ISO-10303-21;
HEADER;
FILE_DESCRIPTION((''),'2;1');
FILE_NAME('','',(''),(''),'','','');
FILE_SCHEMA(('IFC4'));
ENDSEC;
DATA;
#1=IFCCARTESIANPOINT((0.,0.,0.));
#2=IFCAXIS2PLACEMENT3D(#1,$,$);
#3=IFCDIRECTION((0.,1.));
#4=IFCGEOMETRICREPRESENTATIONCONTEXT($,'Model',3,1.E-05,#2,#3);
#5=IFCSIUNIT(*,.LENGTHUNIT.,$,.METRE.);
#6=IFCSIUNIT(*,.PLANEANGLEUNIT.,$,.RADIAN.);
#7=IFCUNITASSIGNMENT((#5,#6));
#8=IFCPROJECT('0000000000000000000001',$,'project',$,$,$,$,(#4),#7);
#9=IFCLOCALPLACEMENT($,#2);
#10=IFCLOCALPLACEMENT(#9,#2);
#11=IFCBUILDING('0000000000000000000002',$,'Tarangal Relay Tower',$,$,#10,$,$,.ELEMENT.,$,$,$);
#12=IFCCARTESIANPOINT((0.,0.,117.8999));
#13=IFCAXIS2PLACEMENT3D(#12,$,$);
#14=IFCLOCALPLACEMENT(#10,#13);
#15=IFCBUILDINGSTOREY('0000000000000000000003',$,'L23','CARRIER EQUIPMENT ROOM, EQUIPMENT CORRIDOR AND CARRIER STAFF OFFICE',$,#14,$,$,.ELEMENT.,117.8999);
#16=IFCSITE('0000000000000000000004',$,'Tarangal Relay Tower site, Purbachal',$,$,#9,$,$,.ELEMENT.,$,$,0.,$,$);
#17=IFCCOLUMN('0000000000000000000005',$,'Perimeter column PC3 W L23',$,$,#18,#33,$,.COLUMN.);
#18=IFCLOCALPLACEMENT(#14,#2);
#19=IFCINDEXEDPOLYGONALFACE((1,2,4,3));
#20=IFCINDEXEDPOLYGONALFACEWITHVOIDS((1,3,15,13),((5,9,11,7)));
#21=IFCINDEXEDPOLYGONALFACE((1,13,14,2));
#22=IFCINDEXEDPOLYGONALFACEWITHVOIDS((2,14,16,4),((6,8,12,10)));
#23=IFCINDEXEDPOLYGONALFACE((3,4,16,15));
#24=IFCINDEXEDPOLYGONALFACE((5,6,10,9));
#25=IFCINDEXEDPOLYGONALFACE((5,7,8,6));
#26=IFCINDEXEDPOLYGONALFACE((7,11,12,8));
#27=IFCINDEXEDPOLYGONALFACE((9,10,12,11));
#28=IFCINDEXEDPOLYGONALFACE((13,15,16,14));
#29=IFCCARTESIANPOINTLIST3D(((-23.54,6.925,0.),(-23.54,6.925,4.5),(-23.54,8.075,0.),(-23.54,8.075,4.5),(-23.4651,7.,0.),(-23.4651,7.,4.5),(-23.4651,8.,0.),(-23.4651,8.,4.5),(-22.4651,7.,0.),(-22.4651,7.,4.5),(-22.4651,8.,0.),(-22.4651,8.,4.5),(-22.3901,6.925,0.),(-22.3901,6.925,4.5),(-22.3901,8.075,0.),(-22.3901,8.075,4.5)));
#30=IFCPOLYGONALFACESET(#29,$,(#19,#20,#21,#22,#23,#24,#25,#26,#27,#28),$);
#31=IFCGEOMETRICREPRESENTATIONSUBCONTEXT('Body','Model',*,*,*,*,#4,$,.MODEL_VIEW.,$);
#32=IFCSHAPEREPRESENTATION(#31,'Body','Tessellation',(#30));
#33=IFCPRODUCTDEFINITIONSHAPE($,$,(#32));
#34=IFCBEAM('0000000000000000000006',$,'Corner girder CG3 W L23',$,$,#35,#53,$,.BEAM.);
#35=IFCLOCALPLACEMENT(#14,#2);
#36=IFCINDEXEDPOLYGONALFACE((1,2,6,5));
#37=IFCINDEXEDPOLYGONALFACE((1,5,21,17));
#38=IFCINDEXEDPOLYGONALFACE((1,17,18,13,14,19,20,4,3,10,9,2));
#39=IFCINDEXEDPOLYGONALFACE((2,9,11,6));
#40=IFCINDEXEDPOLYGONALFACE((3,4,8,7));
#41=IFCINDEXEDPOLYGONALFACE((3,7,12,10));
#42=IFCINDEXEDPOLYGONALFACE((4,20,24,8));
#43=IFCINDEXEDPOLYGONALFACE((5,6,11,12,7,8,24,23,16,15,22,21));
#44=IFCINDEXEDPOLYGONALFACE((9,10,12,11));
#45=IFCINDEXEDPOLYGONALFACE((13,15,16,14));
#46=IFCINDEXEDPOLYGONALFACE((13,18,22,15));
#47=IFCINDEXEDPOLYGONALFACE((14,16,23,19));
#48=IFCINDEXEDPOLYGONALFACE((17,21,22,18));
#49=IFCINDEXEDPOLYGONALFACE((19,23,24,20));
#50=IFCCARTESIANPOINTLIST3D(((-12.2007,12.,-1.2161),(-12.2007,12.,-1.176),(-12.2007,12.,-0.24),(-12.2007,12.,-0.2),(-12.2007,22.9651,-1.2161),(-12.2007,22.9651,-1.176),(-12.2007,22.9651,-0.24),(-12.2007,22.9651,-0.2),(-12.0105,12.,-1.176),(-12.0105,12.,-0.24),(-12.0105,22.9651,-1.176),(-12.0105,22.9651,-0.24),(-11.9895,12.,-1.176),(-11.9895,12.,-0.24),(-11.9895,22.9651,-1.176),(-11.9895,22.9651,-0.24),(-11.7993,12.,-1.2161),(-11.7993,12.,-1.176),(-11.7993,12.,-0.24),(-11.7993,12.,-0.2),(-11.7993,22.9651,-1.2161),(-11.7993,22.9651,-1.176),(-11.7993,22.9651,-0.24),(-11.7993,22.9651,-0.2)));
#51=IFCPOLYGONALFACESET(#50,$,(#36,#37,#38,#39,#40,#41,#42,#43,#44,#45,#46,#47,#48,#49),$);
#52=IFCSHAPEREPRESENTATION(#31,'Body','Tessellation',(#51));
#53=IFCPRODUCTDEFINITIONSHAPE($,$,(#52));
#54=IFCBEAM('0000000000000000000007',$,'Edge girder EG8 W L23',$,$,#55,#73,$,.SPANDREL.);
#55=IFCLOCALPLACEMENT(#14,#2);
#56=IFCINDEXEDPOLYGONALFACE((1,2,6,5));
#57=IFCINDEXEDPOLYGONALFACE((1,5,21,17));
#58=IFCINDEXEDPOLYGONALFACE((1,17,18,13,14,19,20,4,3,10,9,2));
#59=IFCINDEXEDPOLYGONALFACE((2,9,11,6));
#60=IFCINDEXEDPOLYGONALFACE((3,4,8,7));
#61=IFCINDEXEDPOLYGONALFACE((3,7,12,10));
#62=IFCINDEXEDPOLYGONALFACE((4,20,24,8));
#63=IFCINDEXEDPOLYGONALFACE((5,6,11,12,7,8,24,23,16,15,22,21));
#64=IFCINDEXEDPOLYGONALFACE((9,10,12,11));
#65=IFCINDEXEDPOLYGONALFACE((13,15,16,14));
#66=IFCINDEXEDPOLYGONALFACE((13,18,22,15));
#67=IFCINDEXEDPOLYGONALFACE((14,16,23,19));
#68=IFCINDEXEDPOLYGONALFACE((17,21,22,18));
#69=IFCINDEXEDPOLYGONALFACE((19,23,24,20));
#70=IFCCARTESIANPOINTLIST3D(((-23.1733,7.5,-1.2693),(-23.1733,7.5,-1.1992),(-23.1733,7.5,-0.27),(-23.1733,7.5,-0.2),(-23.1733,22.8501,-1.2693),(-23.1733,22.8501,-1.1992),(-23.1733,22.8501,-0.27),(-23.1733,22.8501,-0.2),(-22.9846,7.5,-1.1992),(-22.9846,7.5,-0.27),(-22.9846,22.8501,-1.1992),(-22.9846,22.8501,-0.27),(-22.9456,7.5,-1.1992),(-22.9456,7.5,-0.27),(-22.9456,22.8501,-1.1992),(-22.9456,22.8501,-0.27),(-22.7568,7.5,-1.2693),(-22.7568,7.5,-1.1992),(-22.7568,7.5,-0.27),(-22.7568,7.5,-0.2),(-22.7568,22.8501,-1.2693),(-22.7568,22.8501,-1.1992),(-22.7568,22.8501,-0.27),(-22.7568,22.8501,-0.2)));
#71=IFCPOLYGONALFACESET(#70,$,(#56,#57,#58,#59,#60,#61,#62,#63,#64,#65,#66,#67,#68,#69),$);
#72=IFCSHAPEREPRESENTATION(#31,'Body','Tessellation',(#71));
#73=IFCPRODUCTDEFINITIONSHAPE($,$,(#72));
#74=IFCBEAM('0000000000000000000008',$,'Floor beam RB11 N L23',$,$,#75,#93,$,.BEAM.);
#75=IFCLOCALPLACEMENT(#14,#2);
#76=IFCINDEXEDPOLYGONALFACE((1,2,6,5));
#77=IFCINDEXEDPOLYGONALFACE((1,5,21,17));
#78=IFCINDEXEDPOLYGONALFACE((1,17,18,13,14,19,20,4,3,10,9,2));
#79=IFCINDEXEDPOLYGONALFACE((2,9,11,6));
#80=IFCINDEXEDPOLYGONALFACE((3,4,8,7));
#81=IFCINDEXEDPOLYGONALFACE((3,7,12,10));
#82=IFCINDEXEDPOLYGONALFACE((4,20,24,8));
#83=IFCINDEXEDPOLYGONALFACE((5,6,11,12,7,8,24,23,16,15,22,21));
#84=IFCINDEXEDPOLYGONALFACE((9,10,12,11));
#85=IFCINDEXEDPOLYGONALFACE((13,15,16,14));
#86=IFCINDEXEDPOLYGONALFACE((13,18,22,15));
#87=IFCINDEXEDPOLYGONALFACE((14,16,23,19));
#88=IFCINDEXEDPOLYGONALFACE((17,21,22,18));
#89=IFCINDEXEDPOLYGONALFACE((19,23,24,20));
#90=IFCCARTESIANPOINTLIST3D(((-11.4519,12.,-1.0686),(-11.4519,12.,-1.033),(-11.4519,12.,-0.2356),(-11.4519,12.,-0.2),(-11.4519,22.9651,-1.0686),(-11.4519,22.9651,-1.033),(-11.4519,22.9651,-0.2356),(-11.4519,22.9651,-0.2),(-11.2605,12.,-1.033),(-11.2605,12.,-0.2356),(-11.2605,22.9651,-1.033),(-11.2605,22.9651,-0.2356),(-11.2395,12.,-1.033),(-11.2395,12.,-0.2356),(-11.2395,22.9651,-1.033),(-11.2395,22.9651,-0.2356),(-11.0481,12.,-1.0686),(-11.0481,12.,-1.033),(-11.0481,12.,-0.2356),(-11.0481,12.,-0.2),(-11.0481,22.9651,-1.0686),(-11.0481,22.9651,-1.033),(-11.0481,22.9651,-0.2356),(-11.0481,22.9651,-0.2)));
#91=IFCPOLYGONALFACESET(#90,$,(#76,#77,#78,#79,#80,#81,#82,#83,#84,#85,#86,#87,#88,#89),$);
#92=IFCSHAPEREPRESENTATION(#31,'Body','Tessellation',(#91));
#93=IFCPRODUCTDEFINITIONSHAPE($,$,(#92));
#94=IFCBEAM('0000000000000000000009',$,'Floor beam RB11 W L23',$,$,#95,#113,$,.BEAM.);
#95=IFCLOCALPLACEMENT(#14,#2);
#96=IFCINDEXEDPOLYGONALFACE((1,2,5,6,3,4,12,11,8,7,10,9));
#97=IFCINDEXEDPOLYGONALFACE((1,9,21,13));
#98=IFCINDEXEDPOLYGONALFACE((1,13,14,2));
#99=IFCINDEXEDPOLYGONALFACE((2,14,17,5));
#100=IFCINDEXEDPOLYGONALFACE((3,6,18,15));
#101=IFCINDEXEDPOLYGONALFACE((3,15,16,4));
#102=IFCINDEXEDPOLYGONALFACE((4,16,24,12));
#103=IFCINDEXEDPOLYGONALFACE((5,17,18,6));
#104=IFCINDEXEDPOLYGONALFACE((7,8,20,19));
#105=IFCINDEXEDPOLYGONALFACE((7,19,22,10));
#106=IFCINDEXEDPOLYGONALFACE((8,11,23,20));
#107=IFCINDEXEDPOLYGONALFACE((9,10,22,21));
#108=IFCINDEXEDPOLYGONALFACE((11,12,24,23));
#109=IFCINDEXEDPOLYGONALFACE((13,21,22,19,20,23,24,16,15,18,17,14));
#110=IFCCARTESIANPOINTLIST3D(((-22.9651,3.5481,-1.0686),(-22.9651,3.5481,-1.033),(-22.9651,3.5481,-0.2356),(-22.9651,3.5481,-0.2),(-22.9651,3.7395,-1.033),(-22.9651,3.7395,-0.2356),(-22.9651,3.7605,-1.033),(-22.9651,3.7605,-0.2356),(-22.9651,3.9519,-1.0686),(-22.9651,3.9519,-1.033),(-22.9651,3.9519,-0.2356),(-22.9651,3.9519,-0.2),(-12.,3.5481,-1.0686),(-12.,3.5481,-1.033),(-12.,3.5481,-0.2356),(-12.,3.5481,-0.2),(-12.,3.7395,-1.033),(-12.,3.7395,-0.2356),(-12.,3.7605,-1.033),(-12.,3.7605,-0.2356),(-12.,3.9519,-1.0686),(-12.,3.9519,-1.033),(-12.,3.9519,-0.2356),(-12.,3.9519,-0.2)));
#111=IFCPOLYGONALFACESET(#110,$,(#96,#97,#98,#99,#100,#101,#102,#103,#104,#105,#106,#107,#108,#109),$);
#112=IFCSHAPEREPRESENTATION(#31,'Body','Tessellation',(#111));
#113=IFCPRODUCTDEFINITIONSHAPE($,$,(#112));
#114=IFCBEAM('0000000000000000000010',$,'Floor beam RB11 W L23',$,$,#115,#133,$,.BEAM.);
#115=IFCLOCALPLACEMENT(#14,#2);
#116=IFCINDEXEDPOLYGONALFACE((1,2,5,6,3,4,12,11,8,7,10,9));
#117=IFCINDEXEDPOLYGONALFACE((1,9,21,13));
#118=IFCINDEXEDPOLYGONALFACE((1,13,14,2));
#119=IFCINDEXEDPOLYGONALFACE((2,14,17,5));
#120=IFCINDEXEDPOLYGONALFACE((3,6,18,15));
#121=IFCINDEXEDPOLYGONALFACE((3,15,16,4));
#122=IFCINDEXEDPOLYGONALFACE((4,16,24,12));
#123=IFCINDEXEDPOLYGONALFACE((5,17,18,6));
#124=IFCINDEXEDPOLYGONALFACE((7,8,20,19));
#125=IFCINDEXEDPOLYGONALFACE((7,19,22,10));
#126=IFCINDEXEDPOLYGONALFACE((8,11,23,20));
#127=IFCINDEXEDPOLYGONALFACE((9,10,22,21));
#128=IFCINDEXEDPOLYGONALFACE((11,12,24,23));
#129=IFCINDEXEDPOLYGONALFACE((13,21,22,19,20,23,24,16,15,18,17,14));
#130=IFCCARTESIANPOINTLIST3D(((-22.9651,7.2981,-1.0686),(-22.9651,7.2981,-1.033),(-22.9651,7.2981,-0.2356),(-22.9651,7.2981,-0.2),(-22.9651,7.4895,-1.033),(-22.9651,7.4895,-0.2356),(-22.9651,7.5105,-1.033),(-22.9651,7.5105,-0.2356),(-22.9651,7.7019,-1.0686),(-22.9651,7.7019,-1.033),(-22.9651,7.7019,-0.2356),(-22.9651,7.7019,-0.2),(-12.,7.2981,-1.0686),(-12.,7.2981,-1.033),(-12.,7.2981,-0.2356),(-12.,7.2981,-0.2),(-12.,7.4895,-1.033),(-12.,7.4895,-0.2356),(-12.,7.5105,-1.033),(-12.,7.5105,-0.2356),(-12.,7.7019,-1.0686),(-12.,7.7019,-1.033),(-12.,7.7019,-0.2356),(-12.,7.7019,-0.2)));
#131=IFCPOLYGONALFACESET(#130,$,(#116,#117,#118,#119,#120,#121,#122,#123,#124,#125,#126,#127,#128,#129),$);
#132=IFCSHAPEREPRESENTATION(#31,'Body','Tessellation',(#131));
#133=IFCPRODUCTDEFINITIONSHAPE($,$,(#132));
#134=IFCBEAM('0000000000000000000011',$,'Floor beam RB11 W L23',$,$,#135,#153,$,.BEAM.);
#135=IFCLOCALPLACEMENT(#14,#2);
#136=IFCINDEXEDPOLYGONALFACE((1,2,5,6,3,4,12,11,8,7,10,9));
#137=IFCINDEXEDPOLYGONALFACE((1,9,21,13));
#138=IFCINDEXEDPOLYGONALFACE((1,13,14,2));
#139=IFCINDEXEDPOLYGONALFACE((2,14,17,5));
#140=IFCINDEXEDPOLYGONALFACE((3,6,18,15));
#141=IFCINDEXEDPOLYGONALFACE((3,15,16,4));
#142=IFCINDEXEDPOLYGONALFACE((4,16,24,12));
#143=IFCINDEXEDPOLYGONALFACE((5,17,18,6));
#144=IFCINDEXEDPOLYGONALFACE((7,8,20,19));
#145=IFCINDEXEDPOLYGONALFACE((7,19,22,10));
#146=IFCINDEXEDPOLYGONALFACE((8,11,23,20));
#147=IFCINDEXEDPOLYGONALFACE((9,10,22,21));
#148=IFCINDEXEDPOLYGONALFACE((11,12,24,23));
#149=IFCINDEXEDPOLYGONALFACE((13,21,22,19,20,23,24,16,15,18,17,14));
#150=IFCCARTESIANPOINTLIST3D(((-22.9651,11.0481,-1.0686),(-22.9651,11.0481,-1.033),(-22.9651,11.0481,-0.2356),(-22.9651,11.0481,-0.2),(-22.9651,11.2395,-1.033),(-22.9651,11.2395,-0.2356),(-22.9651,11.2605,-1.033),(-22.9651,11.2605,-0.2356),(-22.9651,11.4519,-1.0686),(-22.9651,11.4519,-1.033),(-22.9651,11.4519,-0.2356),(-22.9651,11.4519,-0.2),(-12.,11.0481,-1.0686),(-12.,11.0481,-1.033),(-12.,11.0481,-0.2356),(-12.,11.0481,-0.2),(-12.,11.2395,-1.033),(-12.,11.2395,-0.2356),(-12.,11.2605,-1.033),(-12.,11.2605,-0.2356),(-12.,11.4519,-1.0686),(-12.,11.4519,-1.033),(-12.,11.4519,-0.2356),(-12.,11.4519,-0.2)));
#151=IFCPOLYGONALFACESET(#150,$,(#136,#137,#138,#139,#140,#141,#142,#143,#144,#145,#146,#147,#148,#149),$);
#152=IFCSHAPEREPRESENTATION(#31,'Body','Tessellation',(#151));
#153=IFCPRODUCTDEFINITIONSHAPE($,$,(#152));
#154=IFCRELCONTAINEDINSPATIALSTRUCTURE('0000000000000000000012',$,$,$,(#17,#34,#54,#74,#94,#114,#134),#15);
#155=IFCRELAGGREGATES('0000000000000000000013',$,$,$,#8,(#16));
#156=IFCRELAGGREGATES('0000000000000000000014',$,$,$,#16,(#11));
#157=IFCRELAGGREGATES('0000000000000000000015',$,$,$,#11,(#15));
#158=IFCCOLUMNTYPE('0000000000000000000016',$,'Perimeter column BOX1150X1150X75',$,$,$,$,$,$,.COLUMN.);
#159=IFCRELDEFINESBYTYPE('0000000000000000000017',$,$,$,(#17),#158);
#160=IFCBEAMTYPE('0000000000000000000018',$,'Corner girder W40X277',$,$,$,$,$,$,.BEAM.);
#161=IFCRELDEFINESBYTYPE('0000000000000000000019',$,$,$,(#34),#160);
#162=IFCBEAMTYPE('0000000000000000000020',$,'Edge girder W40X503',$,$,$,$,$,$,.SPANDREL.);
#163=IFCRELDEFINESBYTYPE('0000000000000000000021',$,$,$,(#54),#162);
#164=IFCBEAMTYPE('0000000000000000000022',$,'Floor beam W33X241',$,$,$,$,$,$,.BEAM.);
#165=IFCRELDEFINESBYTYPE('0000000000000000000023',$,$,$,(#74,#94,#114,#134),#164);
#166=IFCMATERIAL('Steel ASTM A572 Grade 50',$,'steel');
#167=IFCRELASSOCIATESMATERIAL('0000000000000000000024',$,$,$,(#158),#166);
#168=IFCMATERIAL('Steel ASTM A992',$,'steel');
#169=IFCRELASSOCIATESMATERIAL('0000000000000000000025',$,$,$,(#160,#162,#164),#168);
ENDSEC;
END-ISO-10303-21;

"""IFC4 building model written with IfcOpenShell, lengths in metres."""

from ifc_helpers import new_model, si_unit, direction, frame, origin, origin_2d, place, context, subcontext, project, spatial, hollow_rectangle, i_section, extrude, material, material_profile, profile_set, type_object, element, save


model = new_model("IFC4")

# Units and contexts
model_context = context("Model", 3, precision=1e-05, world=origin(), true_north=direction((0.0, 1.0)))
body_context = subcontext(model_context, "Body", "Model", "MODEL_VIEW")
ifc_project = project(units=[si_unit("LENGTHUNIT", "METRE"), si_unit("PLANEANGLEUNIT", "RADIAN")], contexts=[model_context])

# Site, building, storey
site_placement = place(None, origin())
site = spatial("IfcSite", under=ifc_project, at=site_placement, Name="Tarangal Relay Tower site, Purbachal", CompositionType="ELEMENT", RefElevation=0.0)
building_placement = place(site_placement, origin())
building = spatial("IfcBuilding", under=site, at=building_placement, Name="Tarangal Relay Tower", CompositionType="ELEMENT")
storey_placement = place(building_placement, frame((0.0, 0.0, 117.8999)))
storey = spatial("IfcBuildingStorey", under=building, at=storey_placement, Name="L23", Description="CARRIER EQUIPMENT ROOM, EQUIPMENT CORRIDOR AND CARRIER STAFF OFFICE", CompositionType="ELEMENT", Elevation=117.8999)

# Column
ifc_material_1 = material(Name="Steel ASTM A572 Grade 50", Category="steel")
ifc_material_profile_1 = material_profile(ifc_material_1, hollow_rectangle(XDim=1.1499, YDim=1.1499, WallThickness=0.075, at=origin_2d()), Name="BOX1150X1150X75")
ifc_profile_set_1 = profile_set([ifc_material_profile_1], Name="Steel ASTM A572 Grade 50")
column_type = type_object("IfcColumnType", Name="Perimeter column BOX1150X1150X75", PredefinedType="COLUMN", material=ifc_profile_set_1)
column_placement = place(storey_placement, frame((-22.9651, 7.5, 0.0), z_axis=(0.0, 0.0, 1.0), x_axis=(1.0, 0.0, 0.0)))
element("IfcColumn", 1, at=column_placement, inside=storey, type_object=column_type, Name="Perimeter column PC3 W L23", PredefinedType="COLUMN", context=body_context, shape_type="SweptSolid", body=[
    extrude(hollow_rectangle(XDim=1.1499, YDim=1.1499, WallThickness=0.075, at=origin_2d()), origin(), (0.0, 0.0, 1.0), 4.5),
])

# Beams
ifc_material_2 = material(Name="Steel ASTM A992", Category="steel")
ifc_material_profile_2 = material_profile(ifc_material_2, i_section(OverallWidth=0.4014, OverallDepth=1.0161, WebThickness=0.021, FlangeThickness=0.04, at=origin_2d()), Name="W40X277")
ifc_profile_set_2 = profile_set([ifc_material_profile_2], Name="Steel ASTM A992")
beam_type_1 = type_object("IfcBeamType", Name="Corner girder W40X277", PredefinedType="BEAM", material=ifc_profile_set_2)
beam_1_placement = place(storey_placement, frame((-12.0, 12.0, -0.708), z_axis=(0.0, 1.0, 0.0), x_axis=(-1.0, 0.0, 0.0)))
element("IfcBeam", 2, at=beam_1_placement, inside=storey, type_object=beam_type_1, Name="Corner girder CG3 W L23", PredefinedType="BEAM", context=body_context, shape_type="SweptSolid", body=[
    extrude(i_section(OverallWidth=0.4014, OverallDepth=1.0161, WebThickness=0.021, FlangeThickness=0.04, at=origin_2d()), origin(), (0.0, 0.0, 1.0), 10.9651),
])
ifc_material_profile_3 = material_profile(ifc_material_2, i_section(OverallWidth=0.4165, OverallDepth=1.0693, WebThickness=0.0391, FlangeThickness=0.0701, at=origin_2d()), Name="W40X503")
ifc_profile_set_3 = profile_set([ifc_material_profile_3], Name="Steel ASTM A992")
beam_type_2 = type_object("IfcBeamType", Name="Edge girder W40X503", PredefinedType="SPANDREL", material=ifc_profile_set_3)
beam_2_placement = place(storey_placement, frame((-22.9651, 7.5, -0.7346), z_axis=(0.0, 1.0, 0.0), x_axis=(-1.0, 0.0, 0.0)))
element("IfcBeam", 3, at=beam_2_placement, inside=storey, type_object=beam_type_2, Name="Edge girder EG8 W L23", PredefinedType="SPANDREL", context=body_context, shape_type="SweptSolid", body=[
    extrude(i_section(OverallWidth=0.4165, OverallDepth=1.0693, WebThickness=0.0391, FlangeThickness=0.0701, at=origin_2d()), origin(), (0.0, 0.0, 1.0), 15.3501),
])
ifc_material_profile_4 = material_profile(ifc_material_2, i_section(OverallWidth=0.4038, OverallDepth=0.8687, WebThickness=0.021, FlangeThickness=0.0356, at=origin_2d()), Name="W33X241")
ifc_profile_set_4 = profile_set([ifc_material_profile_4], Name="Steel ASTM A992")
beam_type_3 = type_object("IfcBeamType", Name="Floor beam W33X241", PredefinedType="BEAM", material=ifc_profile_set_4)
for number, where, z_axis, x_axis, name in (
    (4, (-11.25, 12.0, -0.6343), (0.0, 1.0, 0.0), (-1.0, 0.0, 0.0), "Floor beam RB11 N L23"),
    (5, (-12.0, 3.75, -0.6343), (-1.0, 0.0, 0.0), (0.0, -1.0, 0.0), "Floor beam RB11 W L23"),
    (6, (-12.0, 7.5, -0.6343), (-1.0, 0.0, 0.0), (0.0, -1.0, 0.0), "Floor beam RB11 W L23"),
    (7, (-12.0, 11.25, -0.6343), (-1.0, 0.0, 0.0), (0.0, -1.0, 0.0), "Floor beam RB11 W L23"),
):
    element("IfcBeam", number, at=place(storey_placement, frame(where, z_axis=z_axis, x_axis=x_axis)), inside=storey, type_object=beam_type_3, Name=name, PredefinedType="BEAM", context=body_context, shape_type="SweptSolid", body=[
        extrude(i_section(OverallWidth=0.4038, OverallDepth=0.8687, WebThickness=0.021, FlangeThickness=0.0356, at=origin_2d()), origin(), (0.0, 0.0, 1.0), 10.9651),
    ])

save(model, "model.ifc")
